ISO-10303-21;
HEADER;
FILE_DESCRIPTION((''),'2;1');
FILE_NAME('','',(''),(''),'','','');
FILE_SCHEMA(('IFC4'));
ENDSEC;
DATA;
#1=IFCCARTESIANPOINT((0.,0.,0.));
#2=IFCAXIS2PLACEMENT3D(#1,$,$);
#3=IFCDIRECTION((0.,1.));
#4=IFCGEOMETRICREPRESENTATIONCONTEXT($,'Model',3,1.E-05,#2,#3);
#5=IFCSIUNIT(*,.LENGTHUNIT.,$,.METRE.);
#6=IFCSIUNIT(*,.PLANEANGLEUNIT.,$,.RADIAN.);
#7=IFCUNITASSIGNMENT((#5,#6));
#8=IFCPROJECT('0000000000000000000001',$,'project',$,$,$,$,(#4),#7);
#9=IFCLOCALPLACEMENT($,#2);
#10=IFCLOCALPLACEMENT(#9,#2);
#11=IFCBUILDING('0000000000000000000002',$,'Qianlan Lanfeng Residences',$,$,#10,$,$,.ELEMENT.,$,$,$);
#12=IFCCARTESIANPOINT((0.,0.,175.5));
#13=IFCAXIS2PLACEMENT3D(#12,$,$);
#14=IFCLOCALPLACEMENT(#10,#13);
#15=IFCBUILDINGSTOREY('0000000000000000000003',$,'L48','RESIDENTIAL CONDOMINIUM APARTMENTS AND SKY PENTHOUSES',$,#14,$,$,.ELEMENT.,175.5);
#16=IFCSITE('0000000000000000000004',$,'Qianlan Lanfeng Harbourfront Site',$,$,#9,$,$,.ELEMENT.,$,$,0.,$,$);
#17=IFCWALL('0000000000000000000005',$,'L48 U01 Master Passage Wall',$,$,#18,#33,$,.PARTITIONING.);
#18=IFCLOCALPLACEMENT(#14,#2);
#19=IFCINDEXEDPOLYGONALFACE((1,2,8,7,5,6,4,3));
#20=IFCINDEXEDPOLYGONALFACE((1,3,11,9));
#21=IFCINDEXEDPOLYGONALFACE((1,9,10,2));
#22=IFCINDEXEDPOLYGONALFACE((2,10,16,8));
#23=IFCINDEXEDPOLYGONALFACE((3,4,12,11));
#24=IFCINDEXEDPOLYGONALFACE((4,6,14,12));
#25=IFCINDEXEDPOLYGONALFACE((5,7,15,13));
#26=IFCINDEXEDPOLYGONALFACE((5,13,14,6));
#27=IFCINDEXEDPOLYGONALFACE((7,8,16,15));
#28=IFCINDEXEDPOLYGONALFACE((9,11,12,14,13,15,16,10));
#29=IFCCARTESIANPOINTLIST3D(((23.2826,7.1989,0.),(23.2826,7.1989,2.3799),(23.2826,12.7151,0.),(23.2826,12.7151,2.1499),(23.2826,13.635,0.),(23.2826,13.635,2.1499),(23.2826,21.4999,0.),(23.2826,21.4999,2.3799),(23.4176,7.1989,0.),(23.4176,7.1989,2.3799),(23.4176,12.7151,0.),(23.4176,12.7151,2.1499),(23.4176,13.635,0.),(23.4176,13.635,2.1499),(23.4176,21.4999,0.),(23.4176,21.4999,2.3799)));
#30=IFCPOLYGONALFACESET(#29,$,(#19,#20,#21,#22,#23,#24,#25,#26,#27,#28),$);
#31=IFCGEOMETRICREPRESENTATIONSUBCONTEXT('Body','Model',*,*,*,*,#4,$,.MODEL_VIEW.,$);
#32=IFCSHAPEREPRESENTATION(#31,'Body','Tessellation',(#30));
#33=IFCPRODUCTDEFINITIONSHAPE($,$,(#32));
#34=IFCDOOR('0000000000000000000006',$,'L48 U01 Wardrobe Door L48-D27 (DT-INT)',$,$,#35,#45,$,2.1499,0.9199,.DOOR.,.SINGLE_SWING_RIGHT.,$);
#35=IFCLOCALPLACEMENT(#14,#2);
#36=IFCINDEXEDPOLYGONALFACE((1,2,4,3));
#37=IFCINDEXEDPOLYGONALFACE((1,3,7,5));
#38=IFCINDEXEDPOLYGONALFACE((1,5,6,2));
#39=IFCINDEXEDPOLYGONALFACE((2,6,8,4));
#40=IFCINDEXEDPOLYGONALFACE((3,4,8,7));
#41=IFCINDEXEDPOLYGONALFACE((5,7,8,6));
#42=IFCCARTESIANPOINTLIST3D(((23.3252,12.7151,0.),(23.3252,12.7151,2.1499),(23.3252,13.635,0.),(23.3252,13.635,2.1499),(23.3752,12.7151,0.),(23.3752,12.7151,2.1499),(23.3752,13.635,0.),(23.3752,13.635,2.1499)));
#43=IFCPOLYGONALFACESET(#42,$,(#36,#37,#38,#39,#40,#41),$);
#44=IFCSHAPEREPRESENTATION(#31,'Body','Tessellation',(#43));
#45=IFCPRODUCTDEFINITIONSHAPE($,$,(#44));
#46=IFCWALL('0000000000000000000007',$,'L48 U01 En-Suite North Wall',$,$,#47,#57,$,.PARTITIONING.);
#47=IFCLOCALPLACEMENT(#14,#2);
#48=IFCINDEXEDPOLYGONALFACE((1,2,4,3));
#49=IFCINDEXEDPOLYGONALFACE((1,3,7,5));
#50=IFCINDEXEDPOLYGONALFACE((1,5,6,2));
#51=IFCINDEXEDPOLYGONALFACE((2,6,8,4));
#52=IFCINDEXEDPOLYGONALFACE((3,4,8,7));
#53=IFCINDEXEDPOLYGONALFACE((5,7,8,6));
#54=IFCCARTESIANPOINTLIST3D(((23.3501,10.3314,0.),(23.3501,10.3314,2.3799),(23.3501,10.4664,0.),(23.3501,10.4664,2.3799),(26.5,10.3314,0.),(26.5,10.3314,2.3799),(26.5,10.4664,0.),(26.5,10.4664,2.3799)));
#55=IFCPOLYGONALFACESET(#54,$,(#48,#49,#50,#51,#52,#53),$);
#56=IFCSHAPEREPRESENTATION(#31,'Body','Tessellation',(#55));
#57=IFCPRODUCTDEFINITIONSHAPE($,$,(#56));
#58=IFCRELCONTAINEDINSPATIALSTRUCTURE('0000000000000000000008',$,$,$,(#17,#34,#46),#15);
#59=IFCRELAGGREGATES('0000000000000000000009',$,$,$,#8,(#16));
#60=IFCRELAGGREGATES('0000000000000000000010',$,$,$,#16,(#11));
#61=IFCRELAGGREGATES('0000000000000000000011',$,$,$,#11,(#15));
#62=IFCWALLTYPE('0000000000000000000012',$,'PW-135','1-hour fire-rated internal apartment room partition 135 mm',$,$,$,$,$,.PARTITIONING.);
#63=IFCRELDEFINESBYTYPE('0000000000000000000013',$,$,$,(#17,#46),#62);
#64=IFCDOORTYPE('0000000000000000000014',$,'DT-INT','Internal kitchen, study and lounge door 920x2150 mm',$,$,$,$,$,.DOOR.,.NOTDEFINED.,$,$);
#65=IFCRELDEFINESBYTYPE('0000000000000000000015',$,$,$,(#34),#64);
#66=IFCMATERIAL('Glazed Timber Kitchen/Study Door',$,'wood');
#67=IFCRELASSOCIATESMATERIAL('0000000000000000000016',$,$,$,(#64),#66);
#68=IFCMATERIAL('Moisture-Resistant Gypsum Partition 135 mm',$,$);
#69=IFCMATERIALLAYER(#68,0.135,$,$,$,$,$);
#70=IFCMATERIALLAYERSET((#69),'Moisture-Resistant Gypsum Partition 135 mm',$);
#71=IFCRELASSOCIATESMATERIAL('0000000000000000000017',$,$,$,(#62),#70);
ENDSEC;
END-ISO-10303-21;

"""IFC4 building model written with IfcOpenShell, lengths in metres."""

from ifc_helpers import new_model, si_unit, direction, frame, frame_2d, origin, place, context, subcontext, project, spatial, rectangle, extrude, material, layer, layer_set, type_object, element, fill, save


model = new_model("IFC4")

# Units and contexts
model_context = context("Model", 3, precision=1e-05, world=origin(), true_north=direction((0.0, 1.0)))
body_context = subcontext(model_context, "Body", "Model", "MODEL_VIEW")
ifc_project = project(units=[si_unit("LENGTHUNIT", "METRE"), si_unit("PLANEANGLEUNIT", "RADIAN")], contexts=[model_context])

# Site, building, storey
site_placement = place(None, origin())
site = spatial("IfcSite", under=ifc_project, at=site_placement, Name="Qianlan Lanfeng Harbourfront Site", CompositionType="ELEMENT", RefElevation=0.0)
building_placement = place(site_placement, origin())
building = spatial("IfcBuilding", under=site, at=building_placement, Name="Qianlan Lanfeng Residences", CompositionType="ELEMENT")
storey_placement = place(building_placement, frame((0.0, 0.0, 175.5)))
storey = spatial("IfcBuildingStorey", under=building, at=storey_placement, Name="L48", Description="RESIDENTIAL CONDOMINIUM APARTMENTS AND SKY PENTHOUSES", CompositionType="ELEMENT", Elevation=175.5)

# Shared definitions
ifc_material_1 = material(Name="Glazed Timber Kitchen/Study Door", Category="wood")
door_type_1 = type_object("IfcDoorType", Name="DT-INT", Description="Internal kitchen, study and lounge door 920x2150 mm", OperationType="NOTDEFINED", PredefinedType="DOOR", material=ifc_material_1)

# Shared definitions
ifc_material_2 = material(Name="Moisture-Resistant Gypsum Partition 135 mm")
ifc_layer_1 = layer(ifc_material_2, 0.135)
ifc_layer_set_1 = layer_set([ifc_layer_1], Name="Moisture-Resistant Gypsum Partition 135 mm")
wall_type_1 = type_object("IfcWallType", Name="PW-135", Description="1-hour fire-rated internal apartment room partition 135 mm", PredefinedType="PARTITIONING", material=ifc_layer_set_1)

# Wall, opening, door
wall_1_placement = place(storey_placement, frame((23.3501, 7.199, 0.0), z_axis=(0.0, 0.0, 1.0), x_axis=(0.0, 1.0, 0.0)))
wall_1 = element("IfcWall", 1, at=wall_1_placement, inside=storey, type_object=wall_type_1, Name="L48 U01 Master Passage Wall", PredefinedType="PARTITIONING", context=body_context, shape_type="SweptSolid", body=[
    extrude(rectangle(XDim=14.301, YDim=0.135, at=frame_2d((7.1504, 0.0))), origin(), (0.0, 0.0, 1.0), 2.3799),
])
opening_1_placement = place(wall_1_placement, frame((5.5161, 0.0, 0.0)))
opening_1 = element("IfcOpeningElement", 2, at=opening_1_placement, cuts=wall_1, PredefinedType="OPENING", context=body_context, shape_type="SweptSolid", body=[
    extrude(rectangle(XDim=0.9199, YDim=2.1499, at=frame_2d((0.46, 1.075))), frame((0.0, 0.0776, 0.0), z_axis=(0.0, -1.0, 0.0), x_axis=(1.0, 0.0, 0.0)), (0.0, 0.0, 1.0), 0.155),
])
door_1_placement = place(opening_1_placement, origin())
door_1 = element("IfcDoor", 3, at=door_1_placement, inside=storey, type_object=door_type_1, Name="L48 U01 Wardrobe Door L48-D27 (DT-INT)", OperationType="SINGLE_SWING_RIGHT", OverallHeight=2.1499, OverallWidth=0.9199, PredefinedType="DOOR", context=body_context, shape_type="SweptSolid", body=[
    extrude(rectangle(XDim=0.9199, YDim=2.1499, at=frame_2d((0.46, 1.075))), frame((0.0, 0.0249, 0.0), z_axis=(0.0, -1.0, 0.0), x_axis=(1.0, 0.0, 0.0)), (0.0, 0.0, 1.0), 0.05),
])
fill(opening_1, door_1)

# Wall
wall_2_placement = place(storey_placement, frame((23.3501, 10.3989, 0.0), z_axis=(0.0, 0.0, 1.0), x_axis=(1.0, 0.0, 0.0)))
element("IfcWall", 4, at=wall_2_placement, inside=storey, type_object=wall_type_1, Name="L48 U01 En-Suite North Wall", PredefinedType="PARTITIONING", context=body_context, shape_type="SweptSolid", body=[
    extrude(rectangle(XDim=3.1499, YDim=0.135, at=frame_2d((1.575, 0.0))), origin(), (0.0, 0.0, 1.0), 2.3799),
])

save(model, "model.ifc")
